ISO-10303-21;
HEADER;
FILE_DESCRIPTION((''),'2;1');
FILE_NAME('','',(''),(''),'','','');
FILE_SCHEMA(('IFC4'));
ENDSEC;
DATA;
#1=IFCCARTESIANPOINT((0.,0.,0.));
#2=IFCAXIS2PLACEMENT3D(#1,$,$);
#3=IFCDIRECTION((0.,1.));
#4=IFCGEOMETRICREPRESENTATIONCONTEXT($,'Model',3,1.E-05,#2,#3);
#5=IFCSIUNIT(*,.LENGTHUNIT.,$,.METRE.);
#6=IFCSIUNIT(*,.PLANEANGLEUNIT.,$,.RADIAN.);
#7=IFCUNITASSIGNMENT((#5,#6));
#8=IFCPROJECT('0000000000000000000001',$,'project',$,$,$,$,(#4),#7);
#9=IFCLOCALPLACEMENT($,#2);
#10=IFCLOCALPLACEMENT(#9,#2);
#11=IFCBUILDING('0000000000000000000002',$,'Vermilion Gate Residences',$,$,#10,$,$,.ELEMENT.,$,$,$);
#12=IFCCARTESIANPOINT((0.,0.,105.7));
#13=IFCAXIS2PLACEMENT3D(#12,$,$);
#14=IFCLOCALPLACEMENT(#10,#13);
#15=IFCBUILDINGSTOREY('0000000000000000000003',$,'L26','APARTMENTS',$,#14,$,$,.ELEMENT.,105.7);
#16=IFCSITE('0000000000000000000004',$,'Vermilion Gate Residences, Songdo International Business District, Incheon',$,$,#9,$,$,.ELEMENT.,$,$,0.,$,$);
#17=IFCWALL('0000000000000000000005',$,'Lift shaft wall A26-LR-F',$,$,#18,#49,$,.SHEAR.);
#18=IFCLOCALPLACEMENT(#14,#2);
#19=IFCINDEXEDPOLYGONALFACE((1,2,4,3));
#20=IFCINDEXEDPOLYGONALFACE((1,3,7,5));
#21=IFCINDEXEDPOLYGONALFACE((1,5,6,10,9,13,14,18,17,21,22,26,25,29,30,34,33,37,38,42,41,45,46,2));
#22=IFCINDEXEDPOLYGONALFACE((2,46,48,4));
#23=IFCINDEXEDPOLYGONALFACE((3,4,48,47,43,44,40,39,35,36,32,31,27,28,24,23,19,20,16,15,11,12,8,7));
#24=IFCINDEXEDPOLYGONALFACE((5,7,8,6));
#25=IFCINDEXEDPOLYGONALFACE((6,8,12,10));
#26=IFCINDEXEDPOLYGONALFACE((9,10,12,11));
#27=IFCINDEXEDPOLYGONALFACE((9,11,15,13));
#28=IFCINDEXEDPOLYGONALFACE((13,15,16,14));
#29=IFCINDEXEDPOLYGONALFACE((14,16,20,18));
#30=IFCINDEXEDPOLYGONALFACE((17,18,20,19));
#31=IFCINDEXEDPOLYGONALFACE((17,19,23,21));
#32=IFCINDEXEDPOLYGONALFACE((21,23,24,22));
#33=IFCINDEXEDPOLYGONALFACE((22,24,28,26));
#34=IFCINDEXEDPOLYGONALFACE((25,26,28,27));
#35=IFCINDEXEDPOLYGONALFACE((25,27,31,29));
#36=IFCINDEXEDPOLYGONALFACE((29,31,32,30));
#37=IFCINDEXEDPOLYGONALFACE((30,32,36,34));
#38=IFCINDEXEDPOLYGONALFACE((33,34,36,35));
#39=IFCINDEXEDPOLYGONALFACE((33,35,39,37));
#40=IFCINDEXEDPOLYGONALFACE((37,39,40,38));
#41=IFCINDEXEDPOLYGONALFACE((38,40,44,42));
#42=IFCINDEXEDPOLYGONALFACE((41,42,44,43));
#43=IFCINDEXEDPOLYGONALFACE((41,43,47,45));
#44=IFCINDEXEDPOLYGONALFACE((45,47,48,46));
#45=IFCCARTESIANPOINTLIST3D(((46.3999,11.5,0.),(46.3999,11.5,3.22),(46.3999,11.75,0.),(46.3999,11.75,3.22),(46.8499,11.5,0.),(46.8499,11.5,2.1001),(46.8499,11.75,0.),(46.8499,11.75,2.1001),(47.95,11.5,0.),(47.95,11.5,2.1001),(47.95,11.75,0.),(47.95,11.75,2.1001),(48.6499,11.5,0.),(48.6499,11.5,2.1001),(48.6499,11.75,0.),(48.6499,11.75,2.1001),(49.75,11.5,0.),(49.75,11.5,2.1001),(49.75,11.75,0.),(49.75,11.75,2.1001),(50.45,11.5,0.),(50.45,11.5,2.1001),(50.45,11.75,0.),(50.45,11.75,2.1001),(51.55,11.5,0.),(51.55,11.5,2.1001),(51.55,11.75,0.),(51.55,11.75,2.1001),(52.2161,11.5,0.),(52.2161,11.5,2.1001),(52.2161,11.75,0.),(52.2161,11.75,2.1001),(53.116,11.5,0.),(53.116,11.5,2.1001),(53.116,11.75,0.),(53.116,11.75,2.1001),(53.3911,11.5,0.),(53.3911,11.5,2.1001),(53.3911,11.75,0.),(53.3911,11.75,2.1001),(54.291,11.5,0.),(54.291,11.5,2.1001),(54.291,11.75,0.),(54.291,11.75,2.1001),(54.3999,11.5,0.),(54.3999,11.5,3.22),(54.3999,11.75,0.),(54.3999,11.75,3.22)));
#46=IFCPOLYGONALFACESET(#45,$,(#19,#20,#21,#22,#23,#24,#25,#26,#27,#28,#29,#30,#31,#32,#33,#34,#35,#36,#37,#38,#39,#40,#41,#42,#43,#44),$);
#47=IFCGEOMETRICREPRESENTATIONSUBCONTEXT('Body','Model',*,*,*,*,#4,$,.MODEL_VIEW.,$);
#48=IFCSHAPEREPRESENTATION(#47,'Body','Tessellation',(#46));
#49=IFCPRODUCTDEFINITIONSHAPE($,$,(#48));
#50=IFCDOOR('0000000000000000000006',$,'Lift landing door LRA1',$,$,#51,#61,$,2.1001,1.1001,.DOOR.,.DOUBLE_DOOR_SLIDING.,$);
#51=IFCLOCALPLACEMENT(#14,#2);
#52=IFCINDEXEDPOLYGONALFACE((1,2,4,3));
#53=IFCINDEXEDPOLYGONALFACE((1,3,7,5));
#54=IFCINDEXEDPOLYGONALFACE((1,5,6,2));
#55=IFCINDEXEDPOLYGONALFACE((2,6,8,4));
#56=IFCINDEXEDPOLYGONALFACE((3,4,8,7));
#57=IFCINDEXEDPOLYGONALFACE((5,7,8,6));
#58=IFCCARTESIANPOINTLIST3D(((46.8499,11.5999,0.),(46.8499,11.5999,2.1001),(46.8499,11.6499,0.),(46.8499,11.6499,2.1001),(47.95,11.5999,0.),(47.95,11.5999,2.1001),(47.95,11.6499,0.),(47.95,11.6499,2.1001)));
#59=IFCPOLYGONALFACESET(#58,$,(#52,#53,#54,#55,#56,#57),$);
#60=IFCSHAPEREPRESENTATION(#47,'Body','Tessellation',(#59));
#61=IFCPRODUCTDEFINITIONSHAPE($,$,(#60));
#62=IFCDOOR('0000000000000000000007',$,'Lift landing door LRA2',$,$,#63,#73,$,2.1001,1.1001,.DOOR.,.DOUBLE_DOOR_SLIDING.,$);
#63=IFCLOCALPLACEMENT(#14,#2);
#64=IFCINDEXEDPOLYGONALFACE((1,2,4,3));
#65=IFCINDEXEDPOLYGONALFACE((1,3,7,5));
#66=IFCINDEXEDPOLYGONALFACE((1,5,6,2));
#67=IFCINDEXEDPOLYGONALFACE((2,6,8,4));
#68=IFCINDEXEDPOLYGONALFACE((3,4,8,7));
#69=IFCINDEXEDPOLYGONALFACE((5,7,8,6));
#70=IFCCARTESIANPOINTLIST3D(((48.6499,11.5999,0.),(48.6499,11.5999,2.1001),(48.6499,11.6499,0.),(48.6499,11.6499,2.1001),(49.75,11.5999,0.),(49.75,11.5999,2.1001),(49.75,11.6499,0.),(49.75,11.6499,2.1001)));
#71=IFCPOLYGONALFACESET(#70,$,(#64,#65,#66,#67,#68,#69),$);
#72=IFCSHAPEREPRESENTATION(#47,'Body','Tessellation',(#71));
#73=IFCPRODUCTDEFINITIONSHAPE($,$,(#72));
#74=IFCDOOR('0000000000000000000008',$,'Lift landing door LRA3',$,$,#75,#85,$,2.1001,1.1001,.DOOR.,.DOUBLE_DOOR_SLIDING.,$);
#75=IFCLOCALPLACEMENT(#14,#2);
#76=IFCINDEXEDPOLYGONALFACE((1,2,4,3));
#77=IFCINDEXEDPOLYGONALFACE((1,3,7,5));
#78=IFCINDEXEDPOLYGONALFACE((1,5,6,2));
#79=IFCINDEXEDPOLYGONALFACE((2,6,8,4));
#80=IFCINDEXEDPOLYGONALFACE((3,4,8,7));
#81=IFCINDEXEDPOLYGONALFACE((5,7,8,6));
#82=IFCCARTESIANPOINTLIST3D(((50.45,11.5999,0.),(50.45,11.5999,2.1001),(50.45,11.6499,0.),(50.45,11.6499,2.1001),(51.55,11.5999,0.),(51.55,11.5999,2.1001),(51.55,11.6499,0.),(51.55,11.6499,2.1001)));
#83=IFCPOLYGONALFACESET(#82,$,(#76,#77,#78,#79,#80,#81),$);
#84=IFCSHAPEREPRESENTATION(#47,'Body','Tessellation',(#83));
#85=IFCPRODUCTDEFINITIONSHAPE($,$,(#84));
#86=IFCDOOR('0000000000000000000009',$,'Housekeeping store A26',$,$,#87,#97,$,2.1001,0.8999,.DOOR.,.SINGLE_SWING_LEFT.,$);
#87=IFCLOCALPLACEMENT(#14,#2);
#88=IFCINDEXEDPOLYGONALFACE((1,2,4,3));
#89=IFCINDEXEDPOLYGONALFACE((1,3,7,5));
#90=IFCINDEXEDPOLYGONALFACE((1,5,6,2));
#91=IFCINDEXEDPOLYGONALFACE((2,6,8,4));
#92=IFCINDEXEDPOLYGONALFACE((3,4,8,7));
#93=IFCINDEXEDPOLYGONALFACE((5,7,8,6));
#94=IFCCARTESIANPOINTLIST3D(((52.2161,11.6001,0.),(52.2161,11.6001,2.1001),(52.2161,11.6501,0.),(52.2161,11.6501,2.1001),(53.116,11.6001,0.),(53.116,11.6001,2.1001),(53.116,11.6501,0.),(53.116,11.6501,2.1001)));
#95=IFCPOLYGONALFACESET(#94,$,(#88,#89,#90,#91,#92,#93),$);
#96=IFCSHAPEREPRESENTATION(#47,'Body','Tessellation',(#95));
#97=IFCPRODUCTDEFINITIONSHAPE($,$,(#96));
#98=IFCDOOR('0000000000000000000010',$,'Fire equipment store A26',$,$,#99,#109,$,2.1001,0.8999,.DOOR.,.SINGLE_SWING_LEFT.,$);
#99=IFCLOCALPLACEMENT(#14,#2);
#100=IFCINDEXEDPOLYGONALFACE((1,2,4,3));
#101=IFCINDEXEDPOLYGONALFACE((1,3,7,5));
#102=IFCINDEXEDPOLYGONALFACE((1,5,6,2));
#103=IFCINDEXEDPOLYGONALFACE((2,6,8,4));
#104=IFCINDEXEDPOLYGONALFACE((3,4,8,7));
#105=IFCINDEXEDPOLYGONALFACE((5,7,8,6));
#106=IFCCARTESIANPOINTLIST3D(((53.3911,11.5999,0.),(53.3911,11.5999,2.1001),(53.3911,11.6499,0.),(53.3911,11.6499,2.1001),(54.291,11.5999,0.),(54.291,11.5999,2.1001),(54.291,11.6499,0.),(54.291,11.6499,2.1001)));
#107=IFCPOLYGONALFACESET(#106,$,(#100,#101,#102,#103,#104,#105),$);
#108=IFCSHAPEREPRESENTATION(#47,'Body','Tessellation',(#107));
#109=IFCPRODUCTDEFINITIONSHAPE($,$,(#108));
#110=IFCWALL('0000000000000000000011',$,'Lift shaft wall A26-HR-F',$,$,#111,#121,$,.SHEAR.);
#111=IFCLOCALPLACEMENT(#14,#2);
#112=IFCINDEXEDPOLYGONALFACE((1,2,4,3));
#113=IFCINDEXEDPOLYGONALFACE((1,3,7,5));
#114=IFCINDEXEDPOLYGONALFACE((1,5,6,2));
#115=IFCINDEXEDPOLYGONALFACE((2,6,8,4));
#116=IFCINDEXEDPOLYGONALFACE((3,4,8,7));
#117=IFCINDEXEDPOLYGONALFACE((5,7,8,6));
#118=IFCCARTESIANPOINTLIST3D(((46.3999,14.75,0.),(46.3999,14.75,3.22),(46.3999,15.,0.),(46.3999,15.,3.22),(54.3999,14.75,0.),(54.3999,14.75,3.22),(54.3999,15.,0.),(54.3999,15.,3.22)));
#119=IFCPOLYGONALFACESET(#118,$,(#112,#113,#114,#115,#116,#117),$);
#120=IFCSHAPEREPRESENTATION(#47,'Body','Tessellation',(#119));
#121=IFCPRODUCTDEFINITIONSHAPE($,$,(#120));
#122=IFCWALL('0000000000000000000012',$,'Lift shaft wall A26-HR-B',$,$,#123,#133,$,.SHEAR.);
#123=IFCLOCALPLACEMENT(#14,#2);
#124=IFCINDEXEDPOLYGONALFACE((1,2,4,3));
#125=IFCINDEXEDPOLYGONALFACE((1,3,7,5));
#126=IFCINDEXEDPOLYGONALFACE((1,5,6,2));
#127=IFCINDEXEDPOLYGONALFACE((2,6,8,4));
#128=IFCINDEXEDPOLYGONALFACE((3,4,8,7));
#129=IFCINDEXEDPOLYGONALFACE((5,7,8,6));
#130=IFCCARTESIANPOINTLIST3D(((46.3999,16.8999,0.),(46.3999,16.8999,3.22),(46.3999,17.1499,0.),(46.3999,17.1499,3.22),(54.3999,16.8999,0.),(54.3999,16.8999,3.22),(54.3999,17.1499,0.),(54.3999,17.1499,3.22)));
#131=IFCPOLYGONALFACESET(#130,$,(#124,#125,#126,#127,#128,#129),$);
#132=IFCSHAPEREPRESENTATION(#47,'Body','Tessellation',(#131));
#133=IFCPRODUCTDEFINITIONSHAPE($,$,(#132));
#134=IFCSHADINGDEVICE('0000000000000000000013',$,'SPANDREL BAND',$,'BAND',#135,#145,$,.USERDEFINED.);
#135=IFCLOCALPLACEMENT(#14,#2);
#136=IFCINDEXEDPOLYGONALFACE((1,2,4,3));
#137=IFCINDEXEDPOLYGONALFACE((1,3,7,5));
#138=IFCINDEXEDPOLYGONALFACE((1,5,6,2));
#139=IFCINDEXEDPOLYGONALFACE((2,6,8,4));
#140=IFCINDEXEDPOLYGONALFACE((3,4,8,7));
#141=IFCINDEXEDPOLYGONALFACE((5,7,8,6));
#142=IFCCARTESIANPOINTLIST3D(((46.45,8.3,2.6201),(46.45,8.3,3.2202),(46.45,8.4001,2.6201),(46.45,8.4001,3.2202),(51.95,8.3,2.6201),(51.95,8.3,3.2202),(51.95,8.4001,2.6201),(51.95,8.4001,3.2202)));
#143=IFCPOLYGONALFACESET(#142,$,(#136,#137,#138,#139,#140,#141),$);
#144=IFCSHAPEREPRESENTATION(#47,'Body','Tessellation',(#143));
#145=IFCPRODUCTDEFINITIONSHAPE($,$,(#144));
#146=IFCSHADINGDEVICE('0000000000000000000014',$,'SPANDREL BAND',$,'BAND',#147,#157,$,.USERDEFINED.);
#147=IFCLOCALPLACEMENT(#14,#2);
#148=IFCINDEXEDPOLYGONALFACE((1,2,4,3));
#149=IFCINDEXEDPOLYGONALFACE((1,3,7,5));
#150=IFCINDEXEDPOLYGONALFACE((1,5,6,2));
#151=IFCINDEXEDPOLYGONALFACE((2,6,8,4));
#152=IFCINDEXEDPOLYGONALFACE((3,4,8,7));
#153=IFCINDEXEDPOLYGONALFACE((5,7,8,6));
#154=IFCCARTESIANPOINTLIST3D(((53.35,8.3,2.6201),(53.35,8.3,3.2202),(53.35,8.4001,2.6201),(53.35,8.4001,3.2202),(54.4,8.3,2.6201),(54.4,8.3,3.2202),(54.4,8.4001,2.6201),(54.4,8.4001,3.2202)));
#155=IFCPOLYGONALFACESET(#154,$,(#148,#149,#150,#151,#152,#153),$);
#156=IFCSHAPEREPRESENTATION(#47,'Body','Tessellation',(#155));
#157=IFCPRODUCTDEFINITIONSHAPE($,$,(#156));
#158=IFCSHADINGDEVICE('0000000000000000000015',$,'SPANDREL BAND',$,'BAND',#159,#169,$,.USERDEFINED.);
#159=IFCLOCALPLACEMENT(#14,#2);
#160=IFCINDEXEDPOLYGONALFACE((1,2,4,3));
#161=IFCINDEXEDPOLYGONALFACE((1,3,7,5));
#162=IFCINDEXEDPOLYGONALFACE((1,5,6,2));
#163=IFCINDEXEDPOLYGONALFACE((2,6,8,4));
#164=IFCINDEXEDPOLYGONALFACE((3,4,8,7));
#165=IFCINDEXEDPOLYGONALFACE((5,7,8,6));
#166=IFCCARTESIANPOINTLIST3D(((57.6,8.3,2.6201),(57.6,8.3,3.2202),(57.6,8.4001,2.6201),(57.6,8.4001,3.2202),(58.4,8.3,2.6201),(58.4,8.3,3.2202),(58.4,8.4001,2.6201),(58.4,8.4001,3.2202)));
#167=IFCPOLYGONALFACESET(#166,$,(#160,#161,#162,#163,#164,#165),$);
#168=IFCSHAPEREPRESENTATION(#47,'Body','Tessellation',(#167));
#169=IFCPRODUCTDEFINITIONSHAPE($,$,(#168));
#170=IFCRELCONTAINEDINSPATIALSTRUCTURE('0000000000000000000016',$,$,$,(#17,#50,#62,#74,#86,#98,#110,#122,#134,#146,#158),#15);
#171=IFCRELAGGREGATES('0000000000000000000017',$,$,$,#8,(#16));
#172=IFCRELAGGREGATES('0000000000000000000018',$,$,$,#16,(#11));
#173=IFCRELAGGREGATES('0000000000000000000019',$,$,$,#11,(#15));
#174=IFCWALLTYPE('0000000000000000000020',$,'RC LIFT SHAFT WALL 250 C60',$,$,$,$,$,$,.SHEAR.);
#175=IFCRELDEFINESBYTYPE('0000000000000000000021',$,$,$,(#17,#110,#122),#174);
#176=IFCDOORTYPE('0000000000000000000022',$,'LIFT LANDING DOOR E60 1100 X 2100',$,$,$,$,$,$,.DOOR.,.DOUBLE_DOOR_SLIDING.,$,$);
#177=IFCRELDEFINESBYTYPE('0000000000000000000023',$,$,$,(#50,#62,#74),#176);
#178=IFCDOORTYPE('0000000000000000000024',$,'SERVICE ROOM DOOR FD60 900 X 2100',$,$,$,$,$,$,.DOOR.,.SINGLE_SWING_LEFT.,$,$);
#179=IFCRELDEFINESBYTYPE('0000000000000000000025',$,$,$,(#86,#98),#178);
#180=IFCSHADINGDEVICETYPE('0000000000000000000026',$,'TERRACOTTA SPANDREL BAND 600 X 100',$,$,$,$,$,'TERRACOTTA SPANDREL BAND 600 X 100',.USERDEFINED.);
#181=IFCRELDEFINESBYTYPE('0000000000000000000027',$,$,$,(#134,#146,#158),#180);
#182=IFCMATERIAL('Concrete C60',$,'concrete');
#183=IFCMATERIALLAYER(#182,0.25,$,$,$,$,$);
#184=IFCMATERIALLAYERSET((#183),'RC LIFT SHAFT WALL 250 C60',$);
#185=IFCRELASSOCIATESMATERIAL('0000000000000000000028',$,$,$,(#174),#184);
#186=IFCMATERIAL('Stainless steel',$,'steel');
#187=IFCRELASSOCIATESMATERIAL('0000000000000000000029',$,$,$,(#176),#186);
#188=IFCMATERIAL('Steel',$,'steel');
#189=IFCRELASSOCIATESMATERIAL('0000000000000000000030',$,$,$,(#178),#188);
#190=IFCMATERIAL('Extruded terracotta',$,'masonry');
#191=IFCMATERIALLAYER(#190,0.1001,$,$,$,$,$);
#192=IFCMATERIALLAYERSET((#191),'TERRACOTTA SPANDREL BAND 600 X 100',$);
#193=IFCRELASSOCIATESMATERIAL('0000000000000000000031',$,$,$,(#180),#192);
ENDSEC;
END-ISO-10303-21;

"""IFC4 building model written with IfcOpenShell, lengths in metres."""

from ifc_helpers import new_model, si_unit, direction, frame, frame_2d, origin, origin_2d, place, context, subcontext, project, spatial, rectangle, extrude, material, layer, layer_set, type_object, element, fill, save


model = new_model("IFC4")

# Units and contexts
model_context = context("Model", 3, precision=1e-05, world=origin(), true_north=direction((0.0, 1.0)))
body_context = subcontext(model_context, "Body", "Model", "MODEL_VIEW")
ifc_project = project(units=[si_unit("LENGTHUNIT", "METRE"), si_unit("PLANEANGLEUNIT", "RADIAN")], contexts=[model_context])

# Site, building, storey
site_placement = place(None, origin())
site = spatial("IfcSite", under=ifc_project, at=site_placement, Name="Vermilion Gate Residences, Songdo International Business District, Incheon", CompositionType="ELEMENT", RefElevation=0.0)
building_placement = place(site_placement, origin())
building = spatial("IfcBuilding", under=site, at=building_placement, Name="Vermilion Gate Residences", CompositionType="ELEMENT")
storey_placement = place(building_placement, frame((0.0, 0.0, 105.7)))
storey = spatial("IfcBuildingStorey", under=building, at=storey_placement, Name="L26", Description="APARTMENTS", CompositionType="ELEMENT", Elevation=105.7)

# Wall, openings, doors
ifc_material_1 = material(Name="Concrete C60", Category="concrete")
ifc_layer_1 = layer(ifc_material_1, 0.25)
ifc_layer_set_1 = layer_set([ifc_layer_1], Name="RC LIFT SHAFT WALL 250 C60")
wall_type_1 = type_object("IfcWallType", Name="RC LIFT SHAFT WALL 250 C60", PredefinedType="SHEAR", material=ifc_layer_set_1)
wall_1_placement = place(storey_placement, frame((46.3999, 11.625, 0.0), z_axis=(0.0, 0.0, 1.0), x_axis=(1.0, 0.0, 0.0)))
wall_1 = element("IfcWall", 1, at=wall_1_placement, inside=storey, type_object=wall_type_1, Name="Lift shaft wall A26-LR-F", PredefinedType="SHEAR", context=body_context, shape_type="SweptSolid", body=[
    extrude(rectangle(XDim=8.0, YDim=0.25, at=frame_2d((4.0, 0.0))), origin(), (0.0, 0.0, 1.0), 3.22),
])
opening_1_placement = place(wall_1_placement, frame((0.45, 0.0, 0.0)))
opening_1 = element("IfcOpeningElement", 2, at=opening_1_placement, cuts=wall_1, PredefinedType="OPENING", context=body_context, shape_type="SweptSolid", body=[
    extrude(rectangle(XDim=1.1001, YDim=2.1001, at=frame_2d((0.55, 1.05))), frame((0.0, 0.135, 0.0), z_axis=(0.0, -1.0, 0.0), x_axis=(1.0, 0.0, 0.0)), (0.0, 0.0, 1.0), 0.27),
])
opening_2_placement = place(wall_1_placement, frame((2.25, 0.0, 0.0)))
opening_2 = element("IfcOpeningElement", 3, at=opening_2_placement, cuts=wall_1, PredefinedType="OPENING", context=body_context, shape_type="SweptSolid", body=[
    extrude(rectangle(XDim=1.1001, YDim=2.1001, at=frame_2d((0.55, 1.05))), frame((0.0, 0.135, 0.0), z_axis=(0.0, -1.0, 0.0), x_axis=(1.0, 0.0, 0.0)), (0.0, 0.0, 1.0), 0.27),
])
opening_3_placement = place(wall_1_placement, frame((4.05, 0.0, 0.0)))
opening_3 = element("IfcOpeningElement", 4, at=opening_3_placement, cuts=wall_1, PredefinedType="OPENING", context=body_context, shape_type="SweptSolid", body=[
    extrude(rectangle(XDim=1.1001, YDim=2.1001, at=frame_2d((0.55, 1.05))), frame((0.0, 0.135, 0.0), z_axis=(0.0, -1.0, 0.0), x_axis=(1.0, 0.0, 0.0)), (0.0, 0.0, 1.0), 0.27),
])
opening_4_placement = place(wall_1_placement, frame((5.8162, 0.0, 0.0)))
opening_4 = element("IfcOpeningElement", 5, at=opening_4_placement, cuts=wall_1, PredefinedType="OPENING", context=body_context, shape_type="SweptSolid", body=[
    extrude(rectangle(XDim=0.8999, YDim=2.1001, at=frame_2d((0.45, 1.05))), frame((0.0, 0.135, 0.0), z_axis=(0.0, -1.0, 0.0), x_axis=(1.0, 0.0, 0.0)), (0.0, 0.0, 1.0), 0.27),
])
opening_5_placement = place(wall_1_placement, frame((6.9912, 0.0, 0.0)))
opening_5 = element("IfcOpeningElement", 6, at=opening_5_placement, cuts=wall_1, PredefinedType="OPENING", context=body_context, shape_type="SweptSolid", body=[
    extrude(rectangle(XDim=0.8999, YDim=2.1001, at=frame_2d((0.45, 1.05))), frame((0.0, 0.135, 0.0), z_axis=(0.0, -1.0, 0.0), x_axis=(1.0, 0.0, 0.0)), (0.0, 0.0, 1.0), 0.27),
])
ifc_material_2 = material(Name="Stainless steel", Category="steel")
door_type_1 = type_object("IfcDoorType", Name="LIFT LANDING DOOR E60 1100 X 2100", OperationType="DOUBLE_DOOR_SLIDING", PredefinedType="DOOR", material=ifc_material_2)
door_1_placement = place(opening_1_placement, origin())
door_1 = element("IfcDoor", 7, at=door_1_placement, inside=storey, type_object=door_type_1, Name="Lift landing door LRA1", OperationType="DOUBLE_DOOR_SLIDING", OverallHeight=2.1001, OverallWidth=1.1001, PredefinedType="DOOR", context=body_context, shape_type="SweptSolid", body=[
    extrude(rectangle(XDim=1.1001, YDim=2.1001, at=frame_2d((0.55, 1.05))), frame((0.0, 0.0249, 0.0), z_axis=(0.0, -1.0, 0.0), x_axis=(1.0, 0.0, 0.0)), (0.0, 0.0, 1.0), 0.05),
])
fill(opening_1, door_1)
door_2_placement = place(opening_2_placement, origin())
door_2 = element("IfcDoor", 8, at=door_2_placement, inside=storey, type_object=door_type_1, Name="Lift landing door LRA2", OperationType="DOUBLE_DOOR_SLIDING", OverallHeight=2.1001, OverallWidth=1.1001, PredefinedType="DOOR", context=body_context, shape_type="SweptSolid", body=[
    extrude(rectangle(XDim=1.1001, YDim=2.1001, at=frame_2d((0.55, 1.05))), frame((0.0, 0.0249, 0.0), z_axis=(0.0, -1.0, 0.0), x_axis=(1.0, 0.0, 0.0)), (0.0, 0.0, 1.0), 0.05),
])
fill(opening_2, door_2)
door_3_placement = place(opening_3_placement, origin())
door_3 = element("IfcDoor", 9, at=door_3_placement, inside=storey, type_object=door_type_1, Name="Lift landing door LRA3", OperationType="DOUBLE_DOOR_SLIDING", OverallHeight=2.1001, OverallWidth=1.1001, PredefinedType="DOOR", context=body_context, shape_type="SweptSolid", body=[
    extrude(rectangle(XDim=1.1001, YDim=2.1001, at=frame_2d((0.55, 1.05))), frame((0.0, 0.0249, 0.0), z_axis=(0.0, -1.0, 0.0), x_axis=(1.0, 0.0, 0.0)), (0.0, 0.0, 1.0), 0.05),
])
fill(opening_3, door_3)
ifc_material_3 = material(Name="Steel", Category="steel")
door_type_2 = type_object("IfcDoorType", Name="SERVICE ROOM DOOR FD60 900 X 2100", OperationType="SINGLE_SWING_LEFT", PredefinedType="DOOR", material=ifc_material_3)
door_4_placement = place(opening_4_placement, frame((0.8999, 0.0, 0.0), z_axis=(0.0, 0.0, 1.0), x_axis=(-1.0, 0.0, 0.0)))
door_4 = element("IfcDoor", 10, at=door_4_placement, inside=storey, type_object=door_type_2, Name="Housekeeping store A26", OperationType="SINGLE_SWING_LEFT", OverallHeight=2.1001, OverallWidth=0.8999, PredefinedType="DOOR", context=body_context, shape_type="SweptSolid", body=[
    extrude(rectangle(XDim=0.8999, YDim=2.1001, at=frame_2d((0.45, 1.05))), frame((0.0, 0.0249, 0.0), z_axis=(0.0, -1.0, 0.0), x_axis=(1.0, 0.0, 0.0)), (0.0, 0.0, 1.0), 0.05),
])
fill(opening_4, door_4)
door_5_placement = place(opening_5_placement, origin())
door_5 = element("IfcDoor", 11, at=door_5_placement, inside=storey, type_object=door_type_2, Name="Fire equipment store A26", OperationType="SINGLE_SWING_LEFT", OverallHeight=2.1001, OverallWidth=0.8999, PredefinedType="DOOR", context=body_context, shape_type="SweptSolid", body=[
    extrude(rectangle(XDim=0.8999, YDim=2.1001, at=frame_2d((0.45, 1.05))), frame((0.0, 0.0249, 0.0), z_axis=(0.0, -1.0, 0.0), x_axis=(1.0, 0.0, 0.0)), (0.0, 0.0, 1.0), 0.05),
])
fill(opening_5, door_5)

# Walls
for number, where, z_axis, x_axis, name in (
    (12, (46.3999, 14.875, 0.0), (0.0, 0.0, 1.0), (1.0, 0.0, 0.0), "Lift shaft wall A26-HR-F"),
    (13, (46.3999, 17.0249, 0.0), (0.0, 0.0, 1.0), (1.0, 0.0, 0.0), "Lift shaft wall A26-HR-B"),
):
    element("IfcWall", number, at=place(storey_placement, frame(where, z_axis=z_axis, x_axis=x_axis)), inside=storey, type_object=wall_type_1, Name=name, PredefinedType="SHEAR", context=body_context, shape_type="SweptSolid", body=[
        extrude(rectangle(XDim=8.0, YDim=0.25, at=frame_2d((4.0, 0.0))), origin(), (0.0, 0.0, 1.0), 3.22),
    ])

# Shading devices
ifc_material_4 = material(Name="Extruded terracotta", Category="masonry")
ifc_layer_2 = layer(ifc_material_4, 0.1001)
ifc_layer_set_2 = layer_set([ifc_layer_2], Name="TERRACOTTA SPANDREL BAND 600 X 100")
shading_device_type = type_object("IfcShadingDeviceType", Name="TERRACOTTA SPANDREL BAND 600 X 100", ElementType="TERRACOTTA SPANDREL BAND 600 X 100", PredefinedType="USERDEFINED", material=ifc_layer_set_2)
shading_device_1_placement = place(storey_placement, frame((49.2, 8.3501, 2.6201), z_axis=(0.0, 0.0, 1.0), x_axis=(1.0, 0.0, 0.0)))
element("IfcShadingDevice", 14, at=shading_device_1_placement, inside=storey, type_object=shading_device_type, Name="SPANDREL BAND", ObjectType="BAND", PredefinedType="USERDEFINED", context=body_context, shape_type="SweptSolid", body=[
    extrude(rectangle(XDim=5.5, YDim=0.1001, at=origin_2d()), origin(), (0.0, 0.0, 1.0), 0.6001),
])
shading_device_2_placement = place(storey_placement, frame((53.875, 8.3501, 2.6201), z_axis=(0.0, 0.0, 1.0), x_axis=(1.0, 0.0, 0.0)))
element("IfcShadingDevice", 15, at=shading_device_2_placement, inside=storey, type_object=shading_device_type, Name="SPANDREL BAND", ObjectType="BAND", PredefinedType="USERDEFINED", context=body_context, shape_type="SweptSolid", body=[
    extrude(rectangle(XDim=1.05, YDim=0.1001, at=origin_2d()), origin(), (0.0, 0.0, 1.0), 0.6001),
])
shading_device_3_placement = place(storey_placement, frame((58.0, 8.3501, 2.6201), z_axis=(0.0, 0.0, 1.0), x_axis=(1.0, 0.0, 0.0)))
element("IfcShadingDevice", 16, at=shading_device_3_placement, inside=storey, type_object=shading_device_type, Name="SPANDREL BAND", ObjectType="BAND", PredefinedType="USERDEFINED", context=body_context, shape_type="SweptSolid", body=[
    extrude(rectangle(XDim=0.8, YDim=0.1001, at=origin_2d()), origin(), (0.0, 0.0, 1.0), 0.6001),
])

save(model, "model.ifc")
